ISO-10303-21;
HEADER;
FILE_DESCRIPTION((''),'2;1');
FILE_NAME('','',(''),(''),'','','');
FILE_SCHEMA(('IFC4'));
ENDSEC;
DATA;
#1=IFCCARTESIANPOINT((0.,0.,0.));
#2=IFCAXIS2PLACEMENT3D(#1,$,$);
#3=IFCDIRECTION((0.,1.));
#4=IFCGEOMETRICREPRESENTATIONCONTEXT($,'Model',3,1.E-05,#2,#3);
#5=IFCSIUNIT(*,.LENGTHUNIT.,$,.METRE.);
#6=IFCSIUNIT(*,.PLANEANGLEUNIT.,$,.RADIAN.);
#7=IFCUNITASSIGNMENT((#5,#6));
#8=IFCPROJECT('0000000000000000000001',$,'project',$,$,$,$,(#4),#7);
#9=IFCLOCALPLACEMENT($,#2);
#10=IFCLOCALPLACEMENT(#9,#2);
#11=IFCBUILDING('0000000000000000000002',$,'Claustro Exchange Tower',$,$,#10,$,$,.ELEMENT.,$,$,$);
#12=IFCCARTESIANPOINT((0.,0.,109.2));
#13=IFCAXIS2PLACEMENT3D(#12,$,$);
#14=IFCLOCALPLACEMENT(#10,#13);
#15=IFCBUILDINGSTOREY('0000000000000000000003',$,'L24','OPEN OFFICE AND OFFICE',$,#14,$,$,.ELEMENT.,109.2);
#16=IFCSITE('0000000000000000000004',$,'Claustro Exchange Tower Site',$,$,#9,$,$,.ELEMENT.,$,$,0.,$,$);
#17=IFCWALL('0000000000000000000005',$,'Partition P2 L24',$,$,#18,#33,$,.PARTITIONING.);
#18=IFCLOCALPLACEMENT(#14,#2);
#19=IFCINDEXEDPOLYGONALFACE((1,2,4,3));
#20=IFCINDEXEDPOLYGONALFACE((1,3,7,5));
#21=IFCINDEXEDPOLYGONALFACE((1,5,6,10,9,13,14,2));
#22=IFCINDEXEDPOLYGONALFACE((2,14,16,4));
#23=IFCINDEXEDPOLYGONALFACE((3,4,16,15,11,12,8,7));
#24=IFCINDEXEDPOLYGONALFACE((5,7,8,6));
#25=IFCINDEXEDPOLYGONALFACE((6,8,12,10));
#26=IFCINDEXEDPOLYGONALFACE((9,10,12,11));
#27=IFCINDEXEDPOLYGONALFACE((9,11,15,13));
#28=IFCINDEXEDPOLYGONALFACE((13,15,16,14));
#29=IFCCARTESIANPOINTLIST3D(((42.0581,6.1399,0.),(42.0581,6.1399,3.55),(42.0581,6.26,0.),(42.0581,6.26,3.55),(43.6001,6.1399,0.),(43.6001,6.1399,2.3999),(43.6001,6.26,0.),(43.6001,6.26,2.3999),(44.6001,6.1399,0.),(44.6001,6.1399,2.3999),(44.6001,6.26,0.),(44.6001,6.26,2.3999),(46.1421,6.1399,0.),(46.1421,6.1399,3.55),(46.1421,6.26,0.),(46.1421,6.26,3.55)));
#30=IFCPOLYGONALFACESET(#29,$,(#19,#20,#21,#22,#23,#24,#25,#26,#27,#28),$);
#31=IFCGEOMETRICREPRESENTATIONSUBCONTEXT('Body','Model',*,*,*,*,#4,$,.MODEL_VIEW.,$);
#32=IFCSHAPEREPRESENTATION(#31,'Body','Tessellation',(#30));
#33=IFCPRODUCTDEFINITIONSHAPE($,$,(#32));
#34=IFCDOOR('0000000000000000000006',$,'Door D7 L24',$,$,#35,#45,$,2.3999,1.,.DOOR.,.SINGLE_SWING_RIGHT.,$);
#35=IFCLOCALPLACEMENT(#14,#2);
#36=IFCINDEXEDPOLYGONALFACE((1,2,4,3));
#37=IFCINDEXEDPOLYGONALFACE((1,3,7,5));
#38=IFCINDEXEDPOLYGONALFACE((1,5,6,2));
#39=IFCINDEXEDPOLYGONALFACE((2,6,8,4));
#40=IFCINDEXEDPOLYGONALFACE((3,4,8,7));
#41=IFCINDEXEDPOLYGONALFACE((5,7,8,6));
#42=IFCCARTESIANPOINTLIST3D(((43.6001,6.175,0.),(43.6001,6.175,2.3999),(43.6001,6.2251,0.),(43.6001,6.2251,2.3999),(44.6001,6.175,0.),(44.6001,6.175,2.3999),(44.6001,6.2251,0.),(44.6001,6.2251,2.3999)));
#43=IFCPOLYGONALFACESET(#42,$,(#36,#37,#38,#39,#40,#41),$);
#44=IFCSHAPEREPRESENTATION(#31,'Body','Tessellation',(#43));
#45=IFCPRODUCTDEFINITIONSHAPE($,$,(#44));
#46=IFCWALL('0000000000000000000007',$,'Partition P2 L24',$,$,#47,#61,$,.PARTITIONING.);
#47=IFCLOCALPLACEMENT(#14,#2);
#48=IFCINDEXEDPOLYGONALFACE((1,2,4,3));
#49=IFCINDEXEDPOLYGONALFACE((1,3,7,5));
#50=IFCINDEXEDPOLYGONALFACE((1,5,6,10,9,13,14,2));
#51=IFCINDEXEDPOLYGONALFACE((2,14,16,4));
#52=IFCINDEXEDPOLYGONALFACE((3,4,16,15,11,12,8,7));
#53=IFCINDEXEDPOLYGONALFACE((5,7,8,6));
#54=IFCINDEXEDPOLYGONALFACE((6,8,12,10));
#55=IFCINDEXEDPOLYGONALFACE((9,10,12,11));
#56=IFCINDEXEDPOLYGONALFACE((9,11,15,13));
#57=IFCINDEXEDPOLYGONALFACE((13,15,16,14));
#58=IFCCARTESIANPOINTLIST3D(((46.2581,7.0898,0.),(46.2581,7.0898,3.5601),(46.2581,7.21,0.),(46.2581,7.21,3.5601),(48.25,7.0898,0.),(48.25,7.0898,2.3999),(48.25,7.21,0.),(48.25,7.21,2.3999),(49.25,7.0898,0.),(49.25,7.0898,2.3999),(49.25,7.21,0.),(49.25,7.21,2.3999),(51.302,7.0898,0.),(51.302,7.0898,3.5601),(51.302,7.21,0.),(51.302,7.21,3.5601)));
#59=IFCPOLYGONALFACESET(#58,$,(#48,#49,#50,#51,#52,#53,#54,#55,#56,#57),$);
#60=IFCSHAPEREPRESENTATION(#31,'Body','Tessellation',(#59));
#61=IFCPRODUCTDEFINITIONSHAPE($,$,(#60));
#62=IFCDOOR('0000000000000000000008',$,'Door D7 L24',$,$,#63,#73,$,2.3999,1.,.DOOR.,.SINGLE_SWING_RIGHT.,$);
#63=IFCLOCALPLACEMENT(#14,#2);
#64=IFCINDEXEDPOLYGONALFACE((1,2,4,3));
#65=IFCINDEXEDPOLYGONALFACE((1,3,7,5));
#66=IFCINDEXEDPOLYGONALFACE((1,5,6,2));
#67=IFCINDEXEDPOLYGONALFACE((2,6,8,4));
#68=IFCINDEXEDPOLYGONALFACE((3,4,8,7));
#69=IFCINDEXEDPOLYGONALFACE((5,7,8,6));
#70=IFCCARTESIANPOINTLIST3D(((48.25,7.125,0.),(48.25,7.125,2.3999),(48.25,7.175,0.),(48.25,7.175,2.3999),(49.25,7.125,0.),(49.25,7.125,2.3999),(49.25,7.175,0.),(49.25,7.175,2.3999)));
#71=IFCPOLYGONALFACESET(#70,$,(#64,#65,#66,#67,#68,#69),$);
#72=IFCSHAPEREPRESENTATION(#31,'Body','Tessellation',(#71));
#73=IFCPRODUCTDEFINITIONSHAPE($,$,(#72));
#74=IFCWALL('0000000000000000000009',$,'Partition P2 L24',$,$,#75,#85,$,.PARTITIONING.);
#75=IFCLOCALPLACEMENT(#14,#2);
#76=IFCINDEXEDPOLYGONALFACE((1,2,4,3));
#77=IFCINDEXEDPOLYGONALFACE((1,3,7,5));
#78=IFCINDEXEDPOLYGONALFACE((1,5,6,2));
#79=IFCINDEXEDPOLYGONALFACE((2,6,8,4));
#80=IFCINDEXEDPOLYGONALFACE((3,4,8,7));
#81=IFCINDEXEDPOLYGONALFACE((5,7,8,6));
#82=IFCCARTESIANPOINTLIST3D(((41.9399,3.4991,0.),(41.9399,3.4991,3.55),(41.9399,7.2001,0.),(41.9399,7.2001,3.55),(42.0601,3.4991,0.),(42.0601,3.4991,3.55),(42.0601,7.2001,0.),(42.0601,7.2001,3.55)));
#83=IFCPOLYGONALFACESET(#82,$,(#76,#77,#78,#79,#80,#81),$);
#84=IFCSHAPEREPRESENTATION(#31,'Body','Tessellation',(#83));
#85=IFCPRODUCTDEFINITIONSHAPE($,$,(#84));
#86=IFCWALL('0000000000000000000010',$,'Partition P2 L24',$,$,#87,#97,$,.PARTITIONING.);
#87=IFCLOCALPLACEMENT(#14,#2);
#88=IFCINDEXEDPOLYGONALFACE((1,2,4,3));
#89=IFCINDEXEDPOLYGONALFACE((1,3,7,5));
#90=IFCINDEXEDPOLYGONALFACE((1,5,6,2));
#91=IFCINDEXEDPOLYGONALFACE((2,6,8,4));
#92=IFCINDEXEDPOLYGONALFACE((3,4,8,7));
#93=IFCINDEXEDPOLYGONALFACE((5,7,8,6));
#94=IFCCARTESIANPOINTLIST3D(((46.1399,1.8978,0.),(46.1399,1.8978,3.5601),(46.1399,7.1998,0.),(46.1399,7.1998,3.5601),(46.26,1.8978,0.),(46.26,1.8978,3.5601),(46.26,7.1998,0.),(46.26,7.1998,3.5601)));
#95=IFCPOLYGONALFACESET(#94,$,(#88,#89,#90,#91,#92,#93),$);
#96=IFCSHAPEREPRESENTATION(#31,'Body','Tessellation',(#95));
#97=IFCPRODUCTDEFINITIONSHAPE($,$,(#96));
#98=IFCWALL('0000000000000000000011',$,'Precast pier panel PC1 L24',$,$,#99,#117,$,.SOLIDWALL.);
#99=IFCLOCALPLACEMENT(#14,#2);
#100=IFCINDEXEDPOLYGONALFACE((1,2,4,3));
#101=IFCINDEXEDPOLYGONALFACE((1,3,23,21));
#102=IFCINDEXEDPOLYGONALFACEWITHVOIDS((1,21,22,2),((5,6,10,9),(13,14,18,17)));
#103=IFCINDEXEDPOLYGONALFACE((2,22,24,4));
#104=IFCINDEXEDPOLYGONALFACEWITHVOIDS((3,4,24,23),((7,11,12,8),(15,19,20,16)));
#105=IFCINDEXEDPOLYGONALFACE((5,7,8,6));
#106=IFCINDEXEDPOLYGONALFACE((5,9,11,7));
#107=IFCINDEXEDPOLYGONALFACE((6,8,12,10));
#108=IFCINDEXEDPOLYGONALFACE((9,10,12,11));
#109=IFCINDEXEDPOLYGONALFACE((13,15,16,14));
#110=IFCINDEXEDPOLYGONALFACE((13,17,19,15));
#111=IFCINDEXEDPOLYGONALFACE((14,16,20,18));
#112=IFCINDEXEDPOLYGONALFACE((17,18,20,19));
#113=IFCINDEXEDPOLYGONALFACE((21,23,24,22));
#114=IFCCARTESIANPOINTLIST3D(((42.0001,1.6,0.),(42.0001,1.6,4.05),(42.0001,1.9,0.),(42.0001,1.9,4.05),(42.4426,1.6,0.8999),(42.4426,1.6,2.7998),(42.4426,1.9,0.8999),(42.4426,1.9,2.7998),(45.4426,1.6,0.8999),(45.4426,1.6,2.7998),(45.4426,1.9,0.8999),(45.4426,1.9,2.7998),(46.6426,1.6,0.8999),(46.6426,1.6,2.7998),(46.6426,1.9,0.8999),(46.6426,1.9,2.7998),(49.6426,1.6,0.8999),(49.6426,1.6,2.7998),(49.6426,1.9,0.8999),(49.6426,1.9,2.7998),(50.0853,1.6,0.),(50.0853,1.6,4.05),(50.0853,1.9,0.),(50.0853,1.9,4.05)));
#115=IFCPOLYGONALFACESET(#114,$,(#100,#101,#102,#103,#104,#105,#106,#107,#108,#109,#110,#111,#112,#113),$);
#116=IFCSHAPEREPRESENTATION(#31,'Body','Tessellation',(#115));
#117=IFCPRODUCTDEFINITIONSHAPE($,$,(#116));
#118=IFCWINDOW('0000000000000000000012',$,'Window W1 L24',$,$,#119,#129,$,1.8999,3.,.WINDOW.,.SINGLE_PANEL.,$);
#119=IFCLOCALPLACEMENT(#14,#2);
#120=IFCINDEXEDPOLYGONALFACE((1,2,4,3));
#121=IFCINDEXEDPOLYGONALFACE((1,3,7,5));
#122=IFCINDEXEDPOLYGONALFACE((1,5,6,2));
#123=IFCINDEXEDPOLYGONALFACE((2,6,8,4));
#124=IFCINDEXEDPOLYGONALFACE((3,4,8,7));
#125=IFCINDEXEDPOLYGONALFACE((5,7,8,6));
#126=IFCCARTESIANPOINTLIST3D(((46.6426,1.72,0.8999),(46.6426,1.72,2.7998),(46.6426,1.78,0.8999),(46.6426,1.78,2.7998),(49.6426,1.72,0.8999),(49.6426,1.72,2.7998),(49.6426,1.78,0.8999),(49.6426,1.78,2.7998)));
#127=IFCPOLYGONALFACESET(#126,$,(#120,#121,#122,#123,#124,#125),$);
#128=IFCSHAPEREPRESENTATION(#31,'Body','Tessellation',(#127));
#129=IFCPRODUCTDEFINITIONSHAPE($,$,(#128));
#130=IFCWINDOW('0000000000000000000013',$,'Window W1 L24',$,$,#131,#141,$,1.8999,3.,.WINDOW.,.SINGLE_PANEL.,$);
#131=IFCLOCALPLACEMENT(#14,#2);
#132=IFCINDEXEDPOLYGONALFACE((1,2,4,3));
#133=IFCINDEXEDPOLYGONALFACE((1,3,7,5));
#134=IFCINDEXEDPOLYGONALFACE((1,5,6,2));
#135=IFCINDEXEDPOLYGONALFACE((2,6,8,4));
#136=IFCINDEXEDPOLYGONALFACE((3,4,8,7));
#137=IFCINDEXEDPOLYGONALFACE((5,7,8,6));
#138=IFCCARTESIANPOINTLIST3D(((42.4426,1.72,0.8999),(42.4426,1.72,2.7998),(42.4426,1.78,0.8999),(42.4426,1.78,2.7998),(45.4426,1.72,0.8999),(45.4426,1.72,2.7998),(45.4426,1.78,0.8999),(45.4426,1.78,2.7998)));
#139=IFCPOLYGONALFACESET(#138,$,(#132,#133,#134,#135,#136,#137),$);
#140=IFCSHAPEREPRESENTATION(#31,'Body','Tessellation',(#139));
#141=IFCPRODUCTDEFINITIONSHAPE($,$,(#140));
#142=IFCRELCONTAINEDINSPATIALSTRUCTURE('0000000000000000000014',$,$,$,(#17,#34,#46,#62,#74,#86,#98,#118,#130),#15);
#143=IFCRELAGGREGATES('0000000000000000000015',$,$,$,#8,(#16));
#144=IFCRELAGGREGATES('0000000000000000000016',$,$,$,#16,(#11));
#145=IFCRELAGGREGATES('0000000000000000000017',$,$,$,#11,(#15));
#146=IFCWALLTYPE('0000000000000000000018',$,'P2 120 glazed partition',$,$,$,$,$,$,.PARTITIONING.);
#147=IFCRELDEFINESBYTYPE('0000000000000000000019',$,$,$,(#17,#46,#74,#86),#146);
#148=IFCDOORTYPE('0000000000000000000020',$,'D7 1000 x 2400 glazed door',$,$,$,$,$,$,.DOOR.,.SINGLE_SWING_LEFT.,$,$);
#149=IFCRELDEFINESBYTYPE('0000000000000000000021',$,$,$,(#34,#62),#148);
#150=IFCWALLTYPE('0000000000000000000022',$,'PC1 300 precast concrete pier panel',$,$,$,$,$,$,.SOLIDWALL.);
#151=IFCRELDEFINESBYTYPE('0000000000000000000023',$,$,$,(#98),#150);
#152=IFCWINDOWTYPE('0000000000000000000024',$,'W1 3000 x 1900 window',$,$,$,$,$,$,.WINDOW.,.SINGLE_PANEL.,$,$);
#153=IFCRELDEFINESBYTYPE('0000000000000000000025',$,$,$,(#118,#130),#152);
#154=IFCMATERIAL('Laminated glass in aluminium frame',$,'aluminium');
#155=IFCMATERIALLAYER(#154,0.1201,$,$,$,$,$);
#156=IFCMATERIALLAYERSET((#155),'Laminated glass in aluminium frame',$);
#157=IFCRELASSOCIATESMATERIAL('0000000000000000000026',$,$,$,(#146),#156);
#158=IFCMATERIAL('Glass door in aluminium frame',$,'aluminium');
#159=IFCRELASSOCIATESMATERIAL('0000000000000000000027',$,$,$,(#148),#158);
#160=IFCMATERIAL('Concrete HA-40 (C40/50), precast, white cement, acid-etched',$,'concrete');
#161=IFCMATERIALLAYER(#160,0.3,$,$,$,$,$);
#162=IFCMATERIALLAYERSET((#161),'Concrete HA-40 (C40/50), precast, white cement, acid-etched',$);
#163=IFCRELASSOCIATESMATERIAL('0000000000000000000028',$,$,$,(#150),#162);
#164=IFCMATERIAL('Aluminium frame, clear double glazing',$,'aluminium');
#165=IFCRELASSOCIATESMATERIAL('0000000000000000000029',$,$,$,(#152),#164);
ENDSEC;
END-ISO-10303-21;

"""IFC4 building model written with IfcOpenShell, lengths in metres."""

from ifc_helpers import new_model, si_unit, direction, frame, frame_2d, origin, place, context, subcontext, project, spatial, rectangle, extrude, material, layer, layer_set, type_object, element, fill, save


model = new_model("IFC4")

# Units and contexts
model_context = context("Model", 3, precision=1e-05, world=origin(), true_north=direction((0.0, 1.0)))
body_context = subcontext(model_context, "Body", "Model", "MODEL_VIEW")
ifc_project = project(units=[si_unit("LENGTHUNIT", "METRE"), si_unit("PLANEANGLEUNIT", "RADIAN")], contexts=[model_context])

# Site, building, storey
site_placement = place(None, origin())
site = spatial("IfcSite", under=ifc_project, at=site_placement, Name="Claustro Exchange Tower Site", CompositionType="ELEMENT", RefElevation=0.0)
building_placement = place(site_placement, origin())
building = spatial("IfcBuilding", under=site, at=building_placement, Name="Claustro Exchange Tower", CompositionType="ELEMENT")
storey_placement = place(building_placement, frame((0.0, 0.0, 109.2)))
storey = spatial("IfcBuildingStorey", under=building, at=storey_placement, Name="L24", Description="OPEN OFFICE AND OFFICE", CompositionType="ELEMENT", Elevation=109.2)

# Walls, openings, doors
ifc_material_1 = material(Name="Laminated glass in aluminium frame", Category="aluminium")
ifc_layer_1 = layer(ifc_material_1, 0.1201)
ifc_layer_set_1 = layer_set([ifc_layer_1], Name="Laminated glass in aluminium frame")
wall_type_1 = type_object("IfcWallType", Name="P2 120 glazed partition", PredefinedType="PARTITIONING", material=ifc_layer_set_1)
wall_1_placement = place(storey_placement, frame((42.0581, 6.2, 0.0), z_axis=(0.0, 0.0, 1.0), x_axis=(1.0, 0.0, 0.0)))
wall_1 = element("IfcWall", 1, at=wall_1_placement, inside=storey, type_object=wall_type_1, Name="Partition P2 L24", PredefinedType="PARTITIONING", context=body_context, shape_type="SweptSolid", body=[
    extrude(rectangle(XDim=4.084, YDim=0.1201, at=frame_2d((2.042, 0.0))), origin(), (0.0, 0.0, 1.0), 3.55),
])
opening_1_placement = place(wall_1_placement, frame((1.542, 0.0, 0.0)))
opening_1 = element("IfcOpeningElement", 2, at=opening_1_placement, cuts=wall_1, PredefinedType="OPENING", context=body_context, shape_type="SweptSolid", body=[
    extrude(rectangle(XDim=1.0, YDim=2.3999, at=frame_2d((0.5, 1.2))), frame((0.0, 0.0701, 0.0), z_axis=(0.0, -1.0, 0.0), x_axis=(1.0, 0.0, 0.0)), (0.0, 0.0, 1.0), 0.1401),
])
ifc_material_2 = material(Name="Glass door in aluminium frame", Category="aluminium")
door_type = type_object("IfcDoorType", Name="D7 1000 x 2400 glazed door", OperationType="SINGLE_SWING_LEFT", PredefinedType="DOOR", material=ifc_material_2)
door_1_placement = place(opening_1_placement, frame((1.0, 0.0, 0.0), z_axis=(0.0, 0.0, 1.0), x_axis=(-1.0, 0.0, 0.0)))
door_1 = element("IfcDoor", 3, at=door_1_placement, inside=storey, type_object=door_type, Name="Door D7 L24", OperationType="SINGLE_SWING_RIGHT", OverallHeight=2.3999, OverallWidth=1.0, PredefinedType="DOOR", context=body_context, shape_type="SweptSolid", body=[
    extrude(rectangle(XDim=1.0, YDim=2.3999, at=frame_2d((0.5, 1.2))), frame((0.0, 0.0249, 0.0), z_axis=(0.0, -1.0, 0.0), x_axis=(1.0, 0.0, 0.0)), (0.0, 0.0, 1.0), 0.05),
])
fill(opening_1, door_1)
wall_2_placement = place(storey_placement, frame((46.2581, 7.1499, 0.0), z_axis=(0.0, 0.0, 1.0), x_axis=(1.0, 0.0, 0.0)))
wall_2 = element("IfcWall", 4, at=wall_2_placement, inside=storey, type_object=wall_type_1, Name="Partition P2 L24", PredefinedType="PARTITIONING", context=body_context, shape_type="SweptSolid", body=[
    extrude(rectangle(XDim=5.0439, YDim=0.1201, at=frame_2d((2.522, 0.0))), origin(), (0.0, 0.0, 1.0), 3.5601),
])
opening_2_placement = place(wall_2_placement, frame((1.9919, 0.0, 0.0)))
opening_2 = element("IfcOpeningElement", 5, at=opening_2_placement, cuts=wall_2, PredefinedType="OPENING", context=body_context, shape_type="SweptSolid", body=[
    extrude(rectangle(XDim=1.0, YDim=2.3999, at=frame_2d((0.5, 1.2))), frame((0.0, 0.0701, 0.0), z_axis=(0.0, -1.0, 0.0), x_axis=(1.0, 0.0, 0.0)), (0.0, 0.0, 1.0), 0.1401),
])
door_2_placement = place(opening_2_placement, frame((1.0, 0.0, 0.0), z_axis=(0.0, 0.0, 1.0), x_axis=(-1.0, 0.0, 0.0)))
door_2 = element("IfcDoor", 6, at=door_2_placement, inside=storey, type_object=door_type, Name="Door D7 L24", OperationType="SINGLE_SWING_RIGHT", OverallHeight=2.3999, OverallWidth=1.0, PredefinedType="DOOR", context=body_context, shape_type="SweptSolid", body=[
    extrude(rectangle(XDim=1.0, YDim=2.3999, at=frame_2d((0.5, 1.2))), frame((0.0, 0.0249, 0.0), z_axis=(0.0, -1.0, 0.0), x_axis=(1.0, 0.0, 0.0)), (0.0, 0.0, 1.0), 0.05),
])
fill(opening_2, door_2)

# Walls
wall_3_placement = place(storey_placement, frame((42.0, 3.499, 0.0), z_axis=(0.0, 0.0, 1.0), x_axis=(0.0, 1.0, 0.0)))
element("IfcWall", 7, at=wall_3_placement, inside=storey, type_object=wall_type_1, Name="Partition P2 L24", PredefinedType="PARTITIONING", context=body_context, shape_type="SweptSolid", body=[
    extrude(rectangle(XDim=3.7009, YDim=0.1201, at=frame_2d((1.8506, 0.0))), origin(), (0.0, 0.0, 1.0), 3.55),
])
wall_4_placement = place(storey_placement, frame((46.2, 1.8979, 0.0), z_axis=(0.0, 0.0, 1.0), x_axis=(0.0, 1.0, 0.0)))
element("IfcWall", 8, at=wall_4_placement, inside=storey, type_object=wall_type_1, Name="Partition P2 L24", PredefinedType="PARTITIONING", context=body_context, shape_type="SweptSolid", body=[
    extrude(rectangle(XDim=5.302, YDim=0.1201, at=frame_2d((2.6509, 0.0))), origin(), (0.0, 0.0, 1.0), 3.5601),
])

# Wall, openings, windows
ifc_material_3 = material(Name="Concrete HA-40 (C40/50), precast, white cement, acid-etched", Category="concrete")
ifc_layer_2 = layer(ifc_material_3, 0.3)
ifc_layer_set_2 = layer_set([ifc_layer_2], Name="Concrete HA-40 (C40/50), precast, white cement, acid-etched")
wall_type_2 = type_object("IfcWallType", Name="PC1 300 precast concrete pier panel", PredefinedType="SOLIDWALL", material=ifc_layer_set_2)
wall_5_placement = place(storey_placement, frame((50.0852, 1.75, 0.0), z_axis=(0.0, 0.0, 1.0), x_axis=(-1.0, 0.0, 0.0)))
wall_5 = element("IfcWall", 9, at=wall_5_placement, inside=storey, type_object=wall_type_2, Name="Precast pier panel PC1 L24", PredefinedType="SOLIDWALL", context=body_context, shape_type="SweptSolid", body=[
    extrude(rectangle(XDim=8.0852, YDim=0.3, at=frame_2d((4.0425, 0.0))), origin(), (0.0, 0.0, 1.0), 4.05),
])
opening_3_placement = place(wall_5_placement, frame((0.4426, 0.0, 0.8999)))
opening_3 = element("IfcOpeningElement", 10, at=opening_3_placement, cuts=wall_5, PredefinedType="OPENING", context=body_context, shape_type="SweptSolid", body=[
    extrude(rectangle(XDim=3.0, YDim=1.8999, at=frame_2d((1.5, 0.95))), frame((0.0, 0.1599, 0.0), z_axis=(0.0, -1.0, 0.0), x_axis=(1.0, 0.0, 0.0)), (0.0, 0.0, 1.0), 0.3201),
])
opening_4_placement = place(wall_5_placement, frame((4.6426, 0.0, 0.8999)))
opening_4 = element("IfcOpeningElement", 11, at=opening_4_placement, cuts=wall_5, PredefinedType="OPENING", context=body_context, shape_type="SweptSolid", body=[
    extrude(rectangle(XDim=3.0, YDim=1.8999, at=frame_2d((1.5, 0.95))), frame((0.0, 0.1599, 0.0), z_axis=(0.0, -1.0, 0.0), x_axis=(1.0, 0.0, 0.0)), (0.0, 0.0, 1.0), 0.3201),
])
ifc_material_4 = material(Name="Aluminium frame, clear double glazing", Category="aluminium")
window_type = type_object("IfcWindowType", Name="W1 3000 x 1900 window", PartitioningType="SINGLE_PANEL", PredefinedType="WINDOW", material=ifc_material_4)
window_1_placement = place(opening_3_placement, origin())
window_1 = element("IfcWindow", 12, at=window_1_placement, inside=storey, type_object=window_type, Name="Window W1 L24", OverallHeight=1.8999, OverallWidth=3.0, PartitioningType="SINGLE_PANEL", PredefinedType="WINDOW", context=body_context, shape_type="SweptSolid", body=[
    extrude(rectangle(XDim=3.0, YDim=1.8999, at=frame_2d((1.5, 0.95))), frame((0.0, 0.03, 0.0), z_axis=(0.0, -1.0, 0.0), x_axis=(1.0, 0.0, 0.0)), (0.0, 0.0, 1.0), 0.0601),
])
fill(opening_3, window_1)
window_2_placement = place(opening_4_placement, origin())
window_2 = element("IfcWindow", 13, at=window_2_placement, inside=storey, type_object=window_type, Name="Window W1 L24", OverallHeight=1.8999, OverallWidth=3.0, PartitioningType="SINGLE_PANEL", PredefinedType="WINDOW", context=body_context, shape_type="SweptSolid", body=[
    extrude(rectangle(XDim=3.0, YDim=1.8999, at=frame_2d((1.5, 0.95))), frame((0.0, 0.03, 0.0), z_axis=(0.0, -1.0, 0.0), x_axis=(1.0, 0.0, 0.0)), (0.0, 0.0, 1.0), 0.0601),
])
fill(opening_4, window_2)

save(model, "model.ifc")
